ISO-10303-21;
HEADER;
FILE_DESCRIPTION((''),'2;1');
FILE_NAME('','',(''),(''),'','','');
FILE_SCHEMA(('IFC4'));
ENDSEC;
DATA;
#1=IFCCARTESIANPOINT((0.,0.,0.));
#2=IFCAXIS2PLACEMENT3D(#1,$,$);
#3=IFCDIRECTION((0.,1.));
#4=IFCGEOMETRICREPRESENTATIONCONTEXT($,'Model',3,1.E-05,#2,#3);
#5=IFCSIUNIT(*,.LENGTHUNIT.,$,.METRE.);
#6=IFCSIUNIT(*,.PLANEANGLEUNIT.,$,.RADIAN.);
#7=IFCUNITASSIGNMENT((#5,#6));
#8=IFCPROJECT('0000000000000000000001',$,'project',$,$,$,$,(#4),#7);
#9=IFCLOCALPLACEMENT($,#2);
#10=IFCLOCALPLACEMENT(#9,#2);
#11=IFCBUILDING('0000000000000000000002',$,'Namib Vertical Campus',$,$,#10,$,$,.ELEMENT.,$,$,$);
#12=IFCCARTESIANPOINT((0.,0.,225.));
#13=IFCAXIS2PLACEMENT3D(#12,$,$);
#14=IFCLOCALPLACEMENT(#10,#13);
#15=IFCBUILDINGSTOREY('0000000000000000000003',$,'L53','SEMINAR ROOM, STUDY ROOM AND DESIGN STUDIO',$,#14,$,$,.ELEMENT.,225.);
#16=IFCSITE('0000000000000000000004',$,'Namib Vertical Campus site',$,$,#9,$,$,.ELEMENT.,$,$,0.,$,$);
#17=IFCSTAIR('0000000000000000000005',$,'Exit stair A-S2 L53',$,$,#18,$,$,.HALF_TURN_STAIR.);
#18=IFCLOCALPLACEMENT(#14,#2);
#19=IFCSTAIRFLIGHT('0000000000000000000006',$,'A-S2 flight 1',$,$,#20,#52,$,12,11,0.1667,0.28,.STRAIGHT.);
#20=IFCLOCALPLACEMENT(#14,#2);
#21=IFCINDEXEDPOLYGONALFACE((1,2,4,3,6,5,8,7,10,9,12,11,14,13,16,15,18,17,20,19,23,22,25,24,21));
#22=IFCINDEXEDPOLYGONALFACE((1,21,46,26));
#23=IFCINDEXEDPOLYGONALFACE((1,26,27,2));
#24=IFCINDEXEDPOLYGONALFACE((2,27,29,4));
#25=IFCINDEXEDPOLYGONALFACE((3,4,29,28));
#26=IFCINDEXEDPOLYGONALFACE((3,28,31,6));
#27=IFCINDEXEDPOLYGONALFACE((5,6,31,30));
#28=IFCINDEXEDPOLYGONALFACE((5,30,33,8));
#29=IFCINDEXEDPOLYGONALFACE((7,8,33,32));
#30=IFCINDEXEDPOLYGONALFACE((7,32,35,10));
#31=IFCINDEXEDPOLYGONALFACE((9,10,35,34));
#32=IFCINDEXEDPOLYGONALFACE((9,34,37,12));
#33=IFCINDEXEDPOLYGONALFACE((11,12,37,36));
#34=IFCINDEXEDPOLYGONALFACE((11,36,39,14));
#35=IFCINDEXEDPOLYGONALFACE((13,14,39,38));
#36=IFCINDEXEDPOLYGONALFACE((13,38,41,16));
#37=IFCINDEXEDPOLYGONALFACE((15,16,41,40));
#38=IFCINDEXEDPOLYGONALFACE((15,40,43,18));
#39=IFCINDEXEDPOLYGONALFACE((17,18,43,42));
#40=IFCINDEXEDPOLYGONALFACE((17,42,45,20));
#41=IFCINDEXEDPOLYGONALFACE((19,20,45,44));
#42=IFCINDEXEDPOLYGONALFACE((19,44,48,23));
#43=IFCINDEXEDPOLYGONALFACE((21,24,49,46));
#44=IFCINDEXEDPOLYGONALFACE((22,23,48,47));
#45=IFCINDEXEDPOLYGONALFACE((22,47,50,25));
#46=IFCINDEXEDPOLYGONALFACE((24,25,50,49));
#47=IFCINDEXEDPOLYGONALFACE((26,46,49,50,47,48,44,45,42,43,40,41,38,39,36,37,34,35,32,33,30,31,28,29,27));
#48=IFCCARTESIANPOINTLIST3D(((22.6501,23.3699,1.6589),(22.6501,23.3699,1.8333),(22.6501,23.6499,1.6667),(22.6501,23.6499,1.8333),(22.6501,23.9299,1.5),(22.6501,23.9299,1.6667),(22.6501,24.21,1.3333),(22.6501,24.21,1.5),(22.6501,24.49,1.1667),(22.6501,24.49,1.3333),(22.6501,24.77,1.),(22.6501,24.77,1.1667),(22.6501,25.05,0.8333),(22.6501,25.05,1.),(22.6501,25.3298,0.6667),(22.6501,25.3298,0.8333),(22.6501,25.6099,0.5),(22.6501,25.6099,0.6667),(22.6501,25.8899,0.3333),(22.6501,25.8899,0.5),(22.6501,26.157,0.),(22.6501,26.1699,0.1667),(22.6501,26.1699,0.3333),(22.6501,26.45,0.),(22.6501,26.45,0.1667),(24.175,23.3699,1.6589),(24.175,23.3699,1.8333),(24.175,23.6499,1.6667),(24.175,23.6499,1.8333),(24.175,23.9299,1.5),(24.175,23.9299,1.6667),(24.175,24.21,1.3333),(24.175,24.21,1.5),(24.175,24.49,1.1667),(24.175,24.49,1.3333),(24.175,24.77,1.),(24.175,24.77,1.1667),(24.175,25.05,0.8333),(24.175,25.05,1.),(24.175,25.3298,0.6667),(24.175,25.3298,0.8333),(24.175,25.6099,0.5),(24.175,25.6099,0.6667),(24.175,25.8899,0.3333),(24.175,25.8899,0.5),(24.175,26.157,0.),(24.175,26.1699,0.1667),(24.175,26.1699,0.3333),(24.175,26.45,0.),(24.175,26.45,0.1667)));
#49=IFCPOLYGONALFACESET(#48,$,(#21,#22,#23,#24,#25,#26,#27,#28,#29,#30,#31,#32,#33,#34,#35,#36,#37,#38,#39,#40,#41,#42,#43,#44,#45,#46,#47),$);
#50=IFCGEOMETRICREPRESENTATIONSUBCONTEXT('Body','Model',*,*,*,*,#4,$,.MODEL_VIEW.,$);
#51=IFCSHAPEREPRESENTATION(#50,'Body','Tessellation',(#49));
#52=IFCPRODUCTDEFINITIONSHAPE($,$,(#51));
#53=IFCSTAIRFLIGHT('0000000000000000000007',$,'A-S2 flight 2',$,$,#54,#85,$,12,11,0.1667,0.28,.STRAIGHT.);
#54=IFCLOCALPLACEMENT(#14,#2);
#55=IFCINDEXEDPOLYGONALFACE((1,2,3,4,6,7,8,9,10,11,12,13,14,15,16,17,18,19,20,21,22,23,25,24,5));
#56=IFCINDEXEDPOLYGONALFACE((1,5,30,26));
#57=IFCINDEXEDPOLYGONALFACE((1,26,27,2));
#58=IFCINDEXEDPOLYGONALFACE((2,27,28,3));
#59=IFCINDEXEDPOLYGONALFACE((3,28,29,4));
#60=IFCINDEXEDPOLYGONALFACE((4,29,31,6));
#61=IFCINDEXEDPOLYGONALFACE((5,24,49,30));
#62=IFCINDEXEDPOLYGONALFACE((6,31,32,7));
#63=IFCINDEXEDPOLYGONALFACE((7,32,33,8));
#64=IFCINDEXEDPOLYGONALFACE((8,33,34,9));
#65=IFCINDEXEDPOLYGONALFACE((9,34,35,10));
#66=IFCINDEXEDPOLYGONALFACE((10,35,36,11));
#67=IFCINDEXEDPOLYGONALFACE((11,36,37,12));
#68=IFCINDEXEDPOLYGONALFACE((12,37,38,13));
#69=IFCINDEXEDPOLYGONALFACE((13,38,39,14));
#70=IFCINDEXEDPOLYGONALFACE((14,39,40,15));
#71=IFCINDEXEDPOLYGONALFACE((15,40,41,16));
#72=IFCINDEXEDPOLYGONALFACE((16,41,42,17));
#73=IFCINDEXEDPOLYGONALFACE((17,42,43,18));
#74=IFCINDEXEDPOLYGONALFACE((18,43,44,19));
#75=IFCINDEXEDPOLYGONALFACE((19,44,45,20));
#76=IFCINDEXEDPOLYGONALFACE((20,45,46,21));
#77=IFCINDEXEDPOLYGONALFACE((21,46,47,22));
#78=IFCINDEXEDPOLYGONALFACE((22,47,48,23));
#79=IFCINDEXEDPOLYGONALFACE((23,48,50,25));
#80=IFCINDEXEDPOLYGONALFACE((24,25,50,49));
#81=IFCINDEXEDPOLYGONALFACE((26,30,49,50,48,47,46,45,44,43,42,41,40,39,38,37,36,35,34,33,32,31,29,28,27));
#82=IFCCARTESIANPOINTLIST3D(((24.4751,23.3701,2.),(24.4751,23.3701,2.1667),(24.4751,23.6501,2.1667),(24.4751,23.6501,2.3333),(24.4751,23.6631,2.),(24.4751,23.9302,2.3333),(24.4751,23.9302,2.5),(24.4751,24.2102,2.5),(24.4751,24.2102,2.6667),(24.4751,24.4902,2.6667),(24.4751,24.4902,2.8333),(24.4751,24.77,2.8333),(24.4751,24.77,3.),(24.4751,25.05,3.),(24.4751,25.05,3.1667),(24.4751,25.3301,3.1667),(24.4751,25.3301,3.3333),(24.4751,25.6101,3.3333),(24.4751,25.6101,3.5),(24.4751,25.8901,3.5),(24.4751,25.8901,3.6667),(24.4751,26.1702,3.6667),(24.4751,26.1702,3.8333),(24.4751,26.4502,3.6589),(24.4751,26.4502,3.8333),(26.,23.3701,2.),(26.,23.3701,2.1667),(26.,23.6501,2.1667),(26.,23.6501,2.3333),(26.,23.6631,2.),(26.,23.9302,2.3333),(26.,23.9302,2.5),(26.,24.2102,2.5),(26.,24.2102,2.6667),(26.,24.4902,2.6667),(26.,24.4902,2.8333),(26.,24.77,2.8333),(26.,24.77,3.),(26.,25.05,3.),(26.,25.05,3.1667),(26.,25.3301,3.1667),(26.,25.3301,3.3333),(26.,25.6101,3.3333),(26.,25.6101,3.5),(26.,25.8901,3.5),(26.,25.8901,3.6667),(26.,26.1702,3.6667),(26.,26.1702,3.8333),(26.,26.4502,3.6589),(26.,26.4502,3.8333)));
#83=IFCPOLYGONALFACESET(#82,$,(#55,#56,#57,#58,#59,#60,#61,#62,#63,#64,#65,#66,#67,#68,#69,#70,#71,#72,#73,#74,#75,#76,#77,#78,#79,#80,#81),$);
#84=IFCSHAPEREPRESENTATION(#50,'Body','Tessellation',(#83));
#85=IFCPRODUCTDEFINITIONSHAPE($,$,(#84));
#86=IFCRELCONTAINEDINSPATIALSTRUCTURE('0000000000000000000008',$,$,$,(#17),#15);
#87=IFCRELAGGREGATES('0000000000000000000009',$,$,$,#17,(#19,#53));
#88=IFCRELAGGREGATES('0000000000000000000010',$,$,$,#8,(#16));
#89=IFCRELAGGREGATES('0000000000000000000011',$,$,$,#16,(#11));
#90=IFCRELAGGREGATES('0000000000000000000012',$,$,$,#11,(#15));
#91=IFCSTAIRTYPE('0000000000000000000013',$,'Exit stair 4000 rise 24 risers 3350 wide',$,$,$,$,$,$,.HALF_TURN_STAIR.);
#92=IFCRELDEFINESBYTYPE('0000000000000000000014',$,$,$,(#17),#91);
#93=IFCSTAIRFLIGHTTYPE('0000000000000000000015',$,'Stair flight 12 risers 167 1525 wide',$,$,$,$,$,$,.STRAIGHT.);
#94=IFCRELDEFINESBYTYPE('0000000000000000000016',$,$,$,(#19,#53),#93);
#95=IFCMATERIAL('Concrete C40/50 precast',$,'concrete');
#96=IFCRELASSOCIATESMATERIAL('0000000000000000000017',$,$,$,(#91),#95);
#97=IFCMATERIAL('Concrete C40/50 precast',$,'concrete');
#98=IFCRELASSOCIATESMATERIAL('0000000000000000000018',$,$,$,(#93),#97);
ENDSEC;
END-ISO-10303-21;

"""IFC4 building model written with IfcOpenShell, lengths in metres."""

from ifc_helpers import new_model, si_unit, direction, frame, origin, place, context, subcontext, project, spatial, polyline, outline, extrude, material, type_object, element, aggregate, save


model = new_model("IFC4")

# Units and contexts
model_context = context("Model", 3, precision=1e-05, world=origin(), true_north=direction((0.0, 1.0)))
body_context = subcontext(model_context, "Body", "Model", "MODEL_VIEW")
ifc_project = project(units=[si_unit("LENGTHUNIT", "METRE"), si_unit("PLANEANGLEUNIT", "RADIAN")], contexts=[model_context])

# Site, building, storey
site_placement = place(None, origin())
site = spatial("IfcSite", under=ifc_project, at=site_placement, Name="Namib Vertical Campus site", CompositionType="ELEMENT", RefElevation=0.0)
building_placement = place(site_placement, origin())
building = spatial("IfcBuilding", under=site, at=building_placement, Name="Namib Vertical Campus", CompositionType="ELEMENT")
storey_placement = place(building_placement, frame((0.0, 0.0, 225.0)))
storey = spatial("IfcBuildingStorey", under=building, at=storey_placement, Name="L53", Description="SEMINAR ROOM, STUDY ROOM AND DESIGN STUDIO", CompositionType="ELEMENT", Elevation=225.0)

# Stair, stair flights
ifc_material_1 = material(Name="Concrete C40/50 precast", Category="concrete")
stair_type = type_object("IfcStairType", Name="Exit stair 4000 rise 24 risers 3350 wide", PredefinedType="HALF_TURN_STAIR", material=ifc_material_1)
stair_placement = place(storey_placement, origin())
stair = element("IfcStair", 1, at=stair_placement, inside=storey, type_object=stair_type, Name="Exit stair A-S2 L53", PredefinedType="HALF_TURN_STAIR")
ifc_material_2 = material(Name="Concrete C40/50 precast", Category="concrete")
stair_flight_type = type_object("IfcStairFlightType", Name="Stair flight 12 risers 167 1525 wide", PredefinedType="STRAIGHT", material=ifc_material_2)
stair_flight_1_placement = place(storey_placement, frame((23.4126, 26.45, 0.0), z_axis=(0.0, 0.0, 1.0), x_axis=(0.0, -1.0, 0.0)))
stair_flight_1 = element("IfcStairFlight", 2, at=stair_flight_1_placement, type_object=stair_flight_type, Name="A-S2 flight 1", NumberOfRisers=12, NumberOfTreads=11, PredefinedType="STRAIGHT", RiserHeight=0.1667, TreadLength=0.28, context=body_context, shape_type="SweptSolid", body=[
    extrude(outline(polyline([(0.0, 0.0), (0.0, 0.1667), (0.28, 0.1667), (0.28, 0.3333), (0.5601, 0.3333), (0.5601, 0.5), (0.8401, 0.5), (0.8401, 0.6667), (1.1201, 0.6667), (1.1201, 0.8333), (1.3999, 0.8333), (1.3999, 1.0), (1.6799, 1.0), (1.6799, 1.1667), (1.96, 1.1667), (1.96, 1.3333), (2.24, 1.3333), (2.24, 1.5), (2.52, 1.5), (2.52, 1.6667), (2.8, 1.6667), (2.8, 1.8333), (3.0801, 1.8333), (3.0801, 2.0), (3.0801, 1.6589), (0.293, 0.0), (0.0, 0.0)])), frame((0.0, 0.7625, 0.0), z_axis=(0.0, -1.0, 0.0), x_axis=(1.0, 0.0, 0.0)), (0.0, 0.0, 1.0), 1.5249),
])
stair_flight_2_placement = place(storey_placement, frame((25.2375, 23.3701, 2.0), z_axis=(0.0, 0.0, 1.0), x_axis=(0.0, 1.0, 0.0)))
stair_flight_2 = element("IfcStairFlight", 3, at=stair_flight_2_placement, type_object=stair_flight_type, Name="A-S2 flight 2", NumberOfRisers=12, NumberOfTreads=11, PredefinedType="STRAIGHT", RiserHeight=0.1667, TreadLength=0.28, context=body_context, shape_type="SweptSolid", body=[
    extrude(outline(polyline([(0.0, 0.0), (0.0, 0.1667), (0.28, 0.1667), (0.28, 0.3333), (0.5601, 0.3333), (0.5601, 0.5), (0.8401, 0.5), (0.8401, 0.6667), (1.1201, 0.6667), (1.1201, 0.8333), (1.3999, 0.8333), (1.3999, 1.0), (1.6799, 1.0), (1.6799, 1.1667), (1.96, 1.1667), (1.96, 1.3333), (2.24, 1.3333), (2.24, 1.5), (2.52, 1.5), (2.52, 1.6667), (2.8, 1.6667), (2.8, 1.8333), (3.0801, 1.8333), (3.0801, 2.0), (3.0801, 1.6589), (0.293, 0.0), (0.0, 0.0)])), frame((0.0, 0.7625, 0.0), z_axis=(0.0, -1.0, 0.0), x_axis=(1.0, 0.0, 0.0)), (0.0, 0.0, 1.0), 1.5249),
])
aggregate(stair, [stair_flight_1, stair_flight_2])

save(model, "model.ifc")
